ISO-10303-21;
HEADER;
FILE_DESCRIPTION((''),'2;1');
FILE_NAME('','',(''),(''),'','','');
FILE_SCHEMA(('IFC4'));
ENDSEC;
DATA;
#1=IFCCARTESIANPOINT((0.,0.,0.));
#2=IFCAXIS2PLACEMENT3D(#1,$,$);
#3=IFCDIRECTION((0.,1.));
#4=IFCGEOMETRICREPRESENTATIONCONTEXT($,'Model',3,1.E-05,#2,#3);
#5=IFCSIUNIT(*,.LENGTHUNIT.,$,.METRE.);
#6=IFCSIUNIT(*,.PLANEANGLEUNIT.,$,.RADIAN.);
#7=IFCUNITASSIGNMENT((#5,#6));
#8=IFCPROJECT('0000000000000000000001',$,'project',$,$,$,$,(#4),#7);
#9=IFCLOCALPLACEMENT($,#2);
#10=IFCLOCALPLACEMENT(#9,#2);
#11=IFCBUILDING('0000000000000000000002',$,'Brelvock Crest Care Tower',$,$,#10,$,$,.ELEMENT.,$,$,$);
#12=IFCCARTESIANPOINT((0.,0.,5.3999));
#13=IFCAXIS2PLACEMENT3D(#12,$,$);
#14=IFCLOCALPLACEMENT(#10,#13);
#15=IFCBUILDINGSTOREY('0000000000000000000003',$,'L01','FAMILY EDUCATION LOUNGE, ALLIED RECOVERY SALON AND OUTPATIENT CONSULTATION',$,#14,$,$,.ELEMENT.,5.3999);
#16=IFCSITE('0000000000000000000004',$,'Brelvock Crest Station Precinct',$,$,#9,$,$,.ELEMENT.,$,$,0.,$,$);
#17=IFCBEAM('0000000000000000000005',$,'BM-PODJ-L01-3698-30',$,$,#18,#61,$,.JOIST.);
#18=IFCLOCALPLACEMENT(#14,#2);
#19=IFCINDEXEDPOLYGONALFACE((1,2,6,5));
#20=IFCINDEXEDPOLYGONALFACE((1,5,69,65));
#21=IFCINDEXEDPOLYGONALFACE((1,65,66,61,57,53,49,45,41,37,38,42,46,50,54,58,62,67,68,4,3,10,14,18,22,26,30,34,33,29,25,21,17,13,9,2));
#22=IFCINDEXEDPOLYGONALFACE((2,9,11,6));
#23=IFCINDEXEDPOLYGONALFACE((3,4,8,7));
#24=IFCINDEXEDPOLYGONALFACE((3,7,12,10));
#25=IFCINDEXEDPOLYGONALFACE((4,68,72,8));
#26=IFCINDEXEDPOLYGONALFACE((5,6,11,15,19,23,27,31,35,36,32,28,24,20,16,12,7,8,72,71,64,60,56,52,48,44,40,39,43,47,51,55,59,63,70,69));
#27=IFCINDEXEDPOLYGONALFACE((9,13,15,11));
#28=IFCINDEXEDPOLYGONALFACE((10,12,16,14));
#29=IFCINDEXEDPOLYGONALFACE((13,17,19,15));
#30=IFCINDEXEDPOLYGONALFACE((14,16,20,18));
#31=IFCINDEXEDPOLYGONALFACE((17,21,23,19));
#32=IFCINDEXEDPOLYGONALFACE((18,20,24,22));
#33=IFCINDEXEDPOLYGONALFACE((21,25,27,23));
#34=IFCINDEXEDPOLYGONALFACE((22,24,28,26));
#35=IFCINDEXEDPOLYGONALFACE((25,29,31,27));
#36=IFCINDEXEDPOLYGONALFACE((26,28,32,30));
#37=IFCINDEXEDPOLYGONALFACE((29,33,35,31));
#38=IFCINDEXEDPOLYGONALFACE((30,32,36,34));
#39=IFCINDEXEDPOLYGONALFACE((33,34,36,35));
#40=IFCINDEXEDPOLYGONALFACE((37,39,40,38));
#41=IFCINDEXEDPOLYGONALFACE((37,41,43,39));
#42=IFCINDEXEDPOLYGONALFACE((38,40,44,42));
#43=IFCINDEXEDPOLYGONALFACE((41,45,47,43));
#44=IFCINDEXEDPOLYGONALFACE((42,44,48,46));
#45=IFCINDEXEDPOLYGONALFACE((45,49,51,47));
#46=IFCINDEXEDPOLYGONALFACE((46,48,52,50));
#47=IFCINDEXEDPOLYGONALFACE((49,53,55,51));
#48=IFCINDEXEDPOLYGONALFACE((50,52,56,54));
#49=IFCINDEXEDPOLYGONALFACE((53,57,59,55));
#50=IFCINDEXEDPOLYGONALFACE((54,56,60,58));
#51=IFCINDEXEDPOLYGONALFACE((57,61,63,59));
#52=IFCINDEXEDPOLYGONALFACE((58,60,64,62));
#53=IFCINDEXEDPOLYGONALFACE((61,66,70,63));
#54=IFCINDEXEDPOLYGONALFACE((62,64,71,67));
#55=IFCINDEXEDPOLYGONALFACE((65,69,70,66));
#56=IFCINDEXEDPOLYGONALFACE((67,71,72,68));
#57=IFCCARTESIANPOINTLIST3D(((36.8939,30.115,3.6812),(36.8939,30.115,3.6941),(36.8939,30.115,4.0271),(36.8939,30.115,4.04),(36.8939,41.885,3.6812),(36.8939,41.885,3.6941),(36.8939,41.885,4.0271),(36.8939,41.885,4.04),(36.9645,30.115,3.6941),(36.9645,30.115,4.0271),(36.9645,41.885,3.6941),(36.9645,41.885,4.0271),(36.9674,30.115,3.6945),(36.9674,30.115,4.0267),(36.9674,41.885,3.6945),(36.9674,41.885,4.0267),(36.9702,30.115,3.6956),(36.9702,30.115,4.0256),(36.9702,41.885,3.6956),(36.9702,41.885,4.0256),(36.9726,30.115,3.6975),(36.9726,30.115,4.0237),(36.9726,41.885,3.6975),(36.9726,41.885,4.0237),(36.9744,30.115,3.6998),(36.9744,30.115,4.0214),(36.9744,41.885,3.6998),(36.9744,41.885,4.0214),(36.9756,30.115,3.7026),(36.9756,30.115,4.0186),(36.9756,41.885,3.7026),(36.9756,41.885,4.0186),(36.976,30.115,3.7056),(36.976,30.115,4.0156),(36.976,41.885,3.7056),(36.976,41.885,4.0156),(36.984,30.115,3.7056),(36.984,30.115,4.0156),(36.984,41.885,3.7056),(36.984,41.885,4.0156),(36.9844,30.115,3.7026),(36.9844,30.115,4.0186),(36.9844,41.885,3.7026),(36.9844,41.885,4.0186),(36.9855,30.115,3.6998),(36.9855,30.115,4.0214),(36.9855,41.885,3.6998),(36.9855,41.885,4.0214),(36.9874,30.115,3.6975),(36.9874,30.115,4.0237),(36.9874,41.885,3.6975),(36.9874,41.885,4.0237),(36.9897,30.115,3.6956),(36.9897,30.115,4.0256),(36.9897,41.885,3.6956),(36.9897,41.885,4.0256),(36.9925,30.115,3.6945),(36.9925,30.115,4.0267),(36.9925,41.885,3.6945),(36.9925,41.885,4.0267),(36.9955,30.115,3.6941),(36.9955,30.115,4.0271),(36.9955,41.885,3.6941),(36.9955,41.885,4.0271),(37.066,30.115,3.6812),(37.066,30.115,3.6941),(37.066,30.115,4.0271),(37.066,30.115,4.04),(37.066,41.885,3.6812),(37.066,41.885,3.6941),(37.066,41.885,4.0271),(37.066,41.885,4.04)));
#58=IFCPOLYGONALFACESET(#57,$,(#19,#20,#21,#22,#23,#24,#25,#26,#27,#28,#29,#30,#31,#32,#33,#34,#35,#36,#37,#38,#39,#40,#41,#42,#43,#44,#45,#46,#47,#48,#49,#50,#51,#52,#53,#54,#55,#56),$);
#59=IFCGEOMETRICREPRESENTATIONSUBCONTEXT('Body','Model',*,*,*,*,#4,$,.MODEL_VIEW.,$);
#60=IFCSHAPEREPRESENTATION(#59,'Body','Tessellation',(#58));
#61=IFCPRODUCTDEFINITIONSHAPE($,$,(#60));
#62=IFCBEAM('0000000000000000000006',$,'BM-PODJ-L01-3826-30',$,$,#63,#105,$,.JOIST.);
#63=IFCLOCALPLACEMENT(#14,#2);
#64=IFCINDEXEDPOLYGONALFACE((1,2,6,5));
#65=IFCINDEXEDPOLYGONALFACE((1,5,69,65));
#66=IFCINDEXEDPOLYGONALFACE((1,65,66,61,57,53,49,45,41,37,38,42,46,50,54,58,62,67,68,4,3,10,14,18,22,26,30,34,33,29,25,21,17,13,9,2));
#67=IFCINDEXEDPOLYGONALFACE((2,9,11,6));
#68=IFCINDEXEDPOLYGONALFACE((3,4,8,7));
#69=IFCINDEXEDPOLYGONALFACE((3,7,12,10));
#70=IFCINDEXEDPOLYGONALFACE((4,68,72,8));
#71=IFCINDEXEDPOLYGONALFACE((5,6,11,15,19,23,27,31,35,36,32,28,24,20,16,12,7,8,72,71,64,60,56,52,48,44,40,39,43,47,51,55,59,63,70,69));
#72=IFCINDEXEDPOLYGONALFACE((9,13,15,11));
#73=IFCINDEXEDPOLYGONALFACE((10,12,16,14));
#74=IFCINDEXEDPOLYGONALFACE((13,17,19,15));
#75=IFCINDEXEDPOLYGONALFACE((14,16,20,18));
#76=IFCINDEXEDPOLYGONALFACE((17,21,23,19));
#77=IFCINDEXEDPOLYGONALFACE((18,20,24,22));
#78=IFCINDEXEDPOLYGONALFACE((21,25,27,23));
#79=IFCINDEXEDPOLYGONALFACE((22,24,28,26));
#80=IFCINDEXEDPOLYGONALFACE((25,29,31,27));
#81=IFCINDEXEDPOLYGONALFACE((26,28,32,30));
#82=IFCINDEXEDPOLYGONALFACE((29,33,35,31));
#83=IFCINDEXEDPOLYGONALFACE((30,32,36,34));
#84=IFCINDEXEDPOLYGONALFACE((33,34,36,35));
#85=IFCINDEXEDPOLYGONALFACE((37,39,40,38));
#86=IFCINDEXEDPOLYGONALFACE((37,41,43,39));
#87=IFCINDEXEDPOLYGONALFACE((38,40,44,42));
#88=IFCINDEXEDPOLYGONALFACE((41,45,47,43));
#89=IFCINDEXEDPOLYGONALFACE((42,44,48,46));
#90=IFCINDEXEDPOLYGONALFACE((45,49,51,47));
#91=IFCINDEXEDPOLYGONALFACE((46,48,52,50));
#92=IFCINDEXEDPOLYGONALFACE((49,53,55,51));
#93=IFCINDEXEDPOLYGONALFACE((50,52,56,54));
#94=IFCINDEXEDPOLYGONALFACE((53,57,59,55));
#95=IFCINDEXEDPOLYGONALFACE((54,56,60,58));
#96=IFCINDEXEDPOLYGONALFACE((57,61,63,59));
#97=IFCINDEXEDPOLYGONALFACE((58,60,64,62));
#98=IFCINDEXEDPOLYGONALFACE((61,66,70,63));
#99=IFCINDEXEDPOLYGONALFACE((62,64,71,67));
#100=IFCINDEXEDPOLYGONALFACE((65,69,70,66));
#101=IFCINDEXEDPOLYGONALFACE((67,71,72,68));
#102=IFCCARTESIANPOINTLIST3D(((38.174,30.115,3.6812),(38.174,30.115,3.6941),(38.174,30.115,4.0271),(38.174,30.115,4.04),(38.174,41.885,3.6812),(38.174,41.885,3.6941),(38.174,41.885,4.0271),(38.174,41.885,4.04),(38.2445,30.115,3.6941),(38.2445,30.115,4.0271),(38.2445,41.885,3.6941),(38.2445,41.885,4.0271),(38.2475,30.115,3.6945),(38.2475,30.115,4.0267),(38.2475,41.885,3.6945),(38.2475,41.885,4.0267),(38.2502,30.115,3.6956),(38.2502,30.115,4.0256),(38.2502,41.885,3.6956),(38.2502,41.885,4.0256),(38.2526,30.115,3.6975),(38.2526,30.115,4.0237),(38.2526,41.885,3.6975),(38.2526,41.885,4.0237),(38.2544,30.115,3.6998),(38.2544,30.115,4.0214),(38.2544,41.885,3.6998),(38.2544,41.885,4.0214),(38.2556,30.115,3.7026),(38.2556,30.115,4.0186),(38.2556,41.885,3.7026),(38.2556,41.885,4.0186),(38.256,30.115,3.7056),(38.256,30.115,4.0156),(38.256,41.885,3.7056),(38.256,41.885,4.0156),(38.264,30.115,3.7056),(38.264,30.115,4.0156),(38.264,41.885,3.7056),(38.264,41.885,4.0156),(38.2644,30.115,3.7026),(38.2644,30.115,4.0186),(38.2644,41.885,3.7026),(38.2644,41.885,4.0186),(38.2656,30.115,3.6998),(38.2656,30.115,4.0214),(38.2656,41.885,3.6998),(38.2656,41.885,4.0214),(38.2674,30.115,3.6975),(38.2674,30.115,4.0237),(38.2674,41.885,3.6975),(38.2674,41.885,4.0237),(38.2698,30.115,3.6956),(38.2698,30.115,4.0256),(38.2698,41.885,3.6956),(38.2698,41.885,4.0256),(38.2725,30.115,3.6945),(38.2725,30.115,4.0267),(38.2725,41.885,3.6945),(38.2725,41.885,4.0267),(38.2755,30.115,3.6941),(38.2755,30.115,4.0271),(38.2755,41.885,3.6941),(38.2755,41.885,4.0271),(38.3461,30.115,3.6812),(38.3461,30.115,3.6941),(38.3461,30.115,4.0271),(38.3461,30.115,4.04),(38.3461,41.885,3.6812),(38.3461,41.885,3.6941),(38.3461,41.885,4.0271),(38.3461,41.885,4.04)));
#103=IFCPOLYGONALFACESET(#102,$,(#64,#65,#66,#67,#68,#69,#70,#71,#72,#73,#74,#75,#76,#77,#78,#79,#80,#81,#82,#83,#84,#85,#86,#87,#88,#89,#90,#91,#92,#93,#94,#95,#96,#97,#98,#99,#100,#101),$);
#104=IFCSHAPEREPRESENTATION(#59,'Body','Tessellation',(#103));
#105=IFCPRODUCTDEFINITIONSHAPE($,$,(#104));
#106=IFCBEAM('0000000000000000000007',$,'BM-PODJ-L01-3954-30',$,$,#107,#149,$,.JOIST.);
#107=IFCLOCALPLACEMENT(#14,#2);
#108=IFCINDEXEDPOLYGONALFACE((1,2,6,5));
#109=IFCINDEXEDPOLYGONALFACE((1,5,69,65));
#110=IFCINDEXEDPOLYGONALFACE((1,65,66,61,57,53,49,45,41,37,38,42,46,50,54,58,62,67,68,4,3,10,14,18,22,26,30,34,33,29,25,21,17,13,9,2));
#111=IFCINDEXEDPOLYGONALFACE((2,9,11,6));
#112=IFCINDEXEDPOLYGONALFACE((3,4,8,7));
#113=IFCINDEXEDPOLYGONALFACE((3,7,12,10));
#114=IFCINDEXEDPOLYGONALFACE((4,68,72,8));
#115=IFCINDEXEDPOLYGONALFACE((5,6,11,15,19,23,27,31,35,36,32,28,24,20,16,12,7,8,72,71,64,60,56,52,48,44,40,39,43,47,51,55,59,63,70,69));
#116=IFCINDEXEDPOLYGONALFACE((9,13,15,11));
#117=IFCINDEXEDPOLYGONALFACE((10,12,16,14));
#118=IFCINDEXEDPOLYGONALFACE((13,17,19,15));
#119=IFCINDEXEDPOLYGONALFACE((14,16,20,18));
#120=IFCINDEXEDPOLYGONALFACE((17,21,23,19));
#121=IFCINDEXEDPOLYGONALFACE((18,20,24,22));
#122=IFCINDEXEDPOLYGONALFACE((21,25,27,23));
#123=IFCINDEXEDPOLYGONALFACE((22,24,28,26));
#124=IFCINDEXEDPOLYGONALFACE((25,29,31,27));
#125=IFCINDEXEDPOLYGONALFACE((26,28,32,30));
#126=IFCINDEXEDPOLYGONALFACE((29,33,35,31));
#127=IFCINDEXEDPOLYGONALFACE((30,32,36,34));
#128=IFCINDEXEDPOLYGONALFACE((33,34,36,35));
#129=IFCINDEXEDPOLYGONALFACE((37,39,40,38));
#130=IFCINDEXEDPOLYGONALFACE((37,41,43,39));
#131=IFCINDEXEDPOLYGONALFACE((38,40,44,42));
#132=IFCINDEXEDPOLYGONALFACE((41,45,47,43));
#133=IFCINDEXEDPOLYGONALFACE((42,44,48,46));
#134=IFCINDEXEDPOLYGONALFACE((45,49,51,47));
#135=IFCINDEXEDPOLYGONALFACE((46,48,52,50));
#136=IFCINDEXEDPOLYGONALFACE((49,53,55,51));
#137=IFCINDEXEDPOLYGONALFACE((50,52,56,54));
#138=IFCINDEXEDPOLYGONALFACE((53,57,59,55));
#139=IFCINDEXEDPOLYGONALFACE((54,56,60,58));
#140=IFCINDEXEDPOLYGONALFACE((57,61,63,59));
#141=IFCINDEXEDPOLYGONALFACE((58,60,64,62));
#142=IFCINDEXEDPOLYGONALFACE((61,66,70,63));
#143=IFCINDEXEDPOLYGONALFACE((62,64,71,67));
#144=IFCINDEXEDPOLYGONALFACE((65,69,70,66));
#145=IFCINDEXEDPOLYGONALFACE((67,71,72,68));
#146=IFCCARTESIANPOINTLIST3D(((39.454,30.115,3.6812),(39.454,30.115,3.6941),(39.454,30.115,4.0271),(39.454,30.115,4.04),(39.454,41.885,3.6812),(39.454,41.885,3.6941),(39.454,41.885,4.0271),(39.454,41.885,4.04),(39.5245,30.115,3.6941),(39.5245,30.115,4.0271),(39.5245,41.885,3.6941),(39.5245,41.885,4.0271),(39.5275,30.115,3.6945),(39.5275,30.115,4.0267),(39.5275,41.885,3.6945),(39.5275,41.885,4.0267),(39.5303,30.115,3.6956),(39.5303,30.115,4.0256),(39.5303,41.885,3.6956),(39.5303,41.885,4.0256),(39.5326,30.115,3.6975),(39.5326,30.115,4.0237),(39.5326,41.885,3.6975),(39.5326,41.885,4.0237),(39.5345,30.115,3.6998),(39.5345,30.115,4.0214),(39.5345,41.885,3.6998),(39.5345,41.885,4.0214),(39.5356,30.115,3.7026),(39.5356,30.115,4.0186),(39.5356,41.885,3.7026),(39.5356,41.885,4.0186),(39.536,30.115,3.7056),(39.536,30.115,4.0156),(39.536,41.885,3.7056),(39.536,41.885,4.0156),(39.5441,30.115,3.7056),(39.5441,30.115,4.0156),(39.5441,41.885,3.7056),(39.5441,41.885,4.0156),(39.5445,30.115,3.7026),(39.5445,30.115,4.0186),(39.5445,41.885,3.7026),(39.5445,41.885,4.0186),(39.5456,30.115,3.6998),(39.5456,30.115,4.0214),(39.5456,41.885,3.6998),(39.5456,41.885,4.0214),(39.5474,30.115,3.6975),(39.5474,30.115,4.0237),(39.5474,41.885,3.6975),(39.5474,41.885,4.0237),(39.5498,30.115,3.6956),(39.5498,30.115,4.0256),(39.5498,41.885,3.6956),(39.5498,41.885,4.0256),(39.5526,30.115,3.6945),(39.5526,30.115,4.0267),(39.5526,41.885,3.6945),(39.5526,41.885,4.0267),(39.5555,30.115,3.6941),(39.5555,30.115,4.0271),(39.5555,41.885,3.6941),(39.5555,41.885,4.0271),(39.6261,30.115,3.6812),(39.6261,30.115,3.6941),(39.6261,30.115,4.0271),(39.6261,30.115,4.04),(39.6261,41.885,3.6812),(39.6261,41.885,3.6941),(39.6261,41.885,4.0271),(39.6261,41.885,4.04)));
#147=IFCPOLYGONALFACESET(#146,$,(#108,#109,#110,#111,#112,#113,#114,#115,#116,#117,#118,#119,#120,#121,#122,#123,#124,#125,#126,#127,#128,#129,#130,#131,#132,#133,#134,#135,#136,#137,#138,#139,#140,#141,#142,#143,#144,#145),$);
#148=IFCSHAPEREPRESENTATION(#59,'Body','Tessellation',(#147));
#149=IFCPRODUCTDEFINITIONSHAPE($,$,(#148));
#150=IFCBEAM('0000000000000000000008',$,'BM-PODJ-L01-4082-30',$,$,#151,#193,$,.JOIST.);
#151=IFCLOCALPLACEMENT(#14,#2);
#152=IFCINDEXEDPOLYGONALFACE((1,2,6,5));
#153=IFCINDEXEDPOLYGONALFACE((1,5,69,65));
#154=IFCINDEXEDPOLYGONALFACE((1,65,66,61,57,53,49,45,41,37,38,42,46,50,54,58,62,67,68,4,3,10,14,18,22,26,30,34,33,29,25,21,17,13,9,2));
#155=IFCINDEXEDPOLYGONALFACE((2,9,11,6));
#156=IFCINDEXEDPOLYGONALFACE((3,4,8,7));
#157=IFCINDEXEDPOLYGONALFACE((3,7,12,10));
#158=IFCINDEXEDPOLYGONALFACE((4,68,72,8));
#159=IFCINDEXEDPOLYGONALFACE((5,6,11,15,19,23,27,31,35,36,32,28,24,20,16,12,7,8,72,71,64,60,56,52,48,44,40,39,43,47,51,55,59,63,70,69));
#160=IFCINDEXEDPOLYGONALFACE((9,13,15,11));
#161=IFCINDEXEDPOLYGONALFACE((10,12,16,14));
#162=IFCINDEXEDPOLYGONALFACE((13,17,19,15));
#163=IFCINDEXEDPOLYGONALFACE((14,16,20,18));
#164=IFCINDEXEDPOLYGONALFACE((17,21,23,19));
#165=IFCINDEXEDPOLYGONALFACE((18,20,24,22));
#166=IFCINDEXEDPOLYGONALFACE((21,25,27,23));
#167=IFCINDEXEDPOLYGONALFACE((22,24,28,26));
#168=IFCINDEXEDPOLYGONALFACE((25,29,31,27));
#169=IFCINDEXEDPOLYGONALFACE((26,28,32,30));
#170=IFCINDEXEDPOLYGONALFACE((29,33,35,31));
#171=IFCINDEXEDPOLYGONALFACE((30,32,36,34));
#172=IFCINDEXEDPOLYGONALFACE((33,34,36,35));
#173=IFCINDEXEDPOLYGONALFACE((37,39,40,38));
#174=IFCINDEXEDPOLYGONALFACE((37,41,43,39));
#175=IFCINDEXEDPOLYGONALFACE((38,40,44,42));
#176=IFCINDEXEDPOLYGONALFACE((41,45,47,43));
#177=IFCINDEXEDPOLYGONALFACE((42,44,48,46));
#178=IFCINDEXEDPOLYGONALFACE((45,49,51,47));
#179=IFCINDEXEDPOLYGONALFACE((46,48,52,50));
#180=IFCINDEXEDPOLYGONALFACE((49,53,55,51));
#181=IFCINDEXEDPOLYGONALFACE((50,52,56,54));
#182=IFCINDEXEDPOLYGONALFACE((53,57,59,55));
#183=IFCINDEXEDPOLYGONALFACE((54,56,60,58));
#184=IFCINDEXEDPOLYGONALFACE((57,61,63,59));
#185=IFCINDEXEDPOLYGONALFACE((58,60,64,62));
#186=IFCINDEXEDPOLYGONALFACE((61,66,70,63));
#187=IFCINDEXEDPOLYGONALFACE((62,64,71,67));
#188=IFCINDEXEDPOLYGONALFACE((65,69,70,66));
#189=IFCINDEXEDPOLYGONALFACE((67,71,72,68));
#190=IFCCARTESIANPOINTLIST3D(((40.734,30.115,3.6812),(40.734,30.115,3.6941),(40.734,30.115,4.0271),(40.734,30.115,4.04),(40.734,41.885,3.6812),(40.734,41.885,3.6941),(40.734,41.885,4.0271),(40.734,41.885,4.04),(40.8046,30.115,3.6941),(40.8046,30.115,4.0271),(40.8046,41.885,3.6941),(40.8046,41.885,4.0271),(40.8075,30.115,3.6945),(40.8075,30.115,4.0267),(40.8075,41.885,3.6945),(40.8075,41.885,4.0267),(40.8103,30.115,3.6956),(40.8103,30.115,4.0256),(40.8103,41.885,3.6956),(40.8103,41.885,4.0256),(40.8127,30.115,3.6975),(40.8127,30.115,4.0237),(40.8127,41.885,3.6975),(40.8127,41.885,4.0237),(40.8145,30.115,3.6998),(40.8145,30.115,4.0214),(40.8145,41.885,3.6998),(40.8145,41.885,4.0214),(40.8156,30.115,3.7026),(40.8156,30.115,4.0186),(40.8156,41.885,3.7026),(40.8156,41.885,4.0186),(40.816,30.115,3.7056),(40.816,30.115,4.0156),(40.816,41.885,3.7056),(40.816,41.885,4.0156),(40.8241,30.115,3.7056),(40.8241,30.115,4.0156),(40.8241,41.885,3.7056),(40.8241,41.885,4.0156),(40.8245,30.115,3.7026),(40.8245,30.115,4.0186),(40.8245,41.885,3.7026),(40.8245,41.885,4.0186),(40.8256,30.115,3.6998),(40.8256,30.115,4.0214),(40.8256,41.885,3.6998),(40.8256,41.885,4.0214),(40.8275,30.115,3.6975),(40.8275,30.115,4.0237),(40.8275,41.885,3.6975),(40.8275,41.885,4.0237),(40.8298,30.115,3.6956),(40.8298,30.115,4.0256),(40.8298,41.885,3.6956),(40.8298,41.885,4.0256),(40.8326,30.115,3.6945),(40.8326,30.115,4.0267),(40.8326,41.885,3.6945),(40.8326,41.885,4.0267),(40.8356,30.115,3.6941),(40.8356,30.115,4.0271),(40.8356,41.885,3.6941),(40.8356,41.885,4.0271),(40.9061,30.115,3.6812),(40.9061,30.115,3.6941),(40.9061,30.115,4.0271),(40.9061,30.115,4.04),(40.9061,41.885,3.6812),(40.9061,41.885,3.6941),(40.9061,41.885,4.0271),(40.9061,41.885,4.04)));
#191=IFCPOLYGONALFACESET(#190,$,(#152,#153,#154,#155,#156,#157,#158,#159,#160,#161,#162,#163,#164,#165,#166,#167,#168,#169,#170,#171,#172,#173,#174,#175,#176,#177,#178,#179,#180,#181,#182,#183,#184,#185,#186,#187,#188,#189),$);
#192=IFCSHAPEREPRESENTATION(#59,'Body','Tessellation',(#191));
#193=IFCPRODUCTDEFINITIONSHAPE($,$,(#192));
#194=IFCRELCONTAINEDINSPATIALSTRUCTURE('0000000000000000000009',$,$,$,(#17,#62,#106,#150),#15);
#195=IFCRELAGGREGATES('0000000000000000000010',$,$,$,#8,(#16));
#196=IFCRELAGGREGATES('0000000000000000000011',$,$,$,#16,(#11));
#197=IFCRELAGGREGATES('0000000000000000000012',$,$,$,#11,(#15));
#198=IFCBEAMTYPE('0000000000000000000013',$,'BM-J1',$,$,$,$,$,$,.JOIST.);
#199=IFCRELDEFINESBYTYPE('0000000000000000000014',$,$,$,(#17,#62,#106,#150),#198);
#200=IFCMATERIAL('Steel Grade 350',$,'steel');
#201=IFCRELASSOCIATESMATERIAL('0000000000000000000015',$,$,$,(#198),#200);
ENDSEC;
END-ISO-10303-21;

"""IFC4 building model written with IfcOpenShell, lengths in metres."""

from ifc_helpers import new_model, si_unit, direction, frame, origin, origin_2d, place, context, subcontext, project, spatial, i_section, extrude, source, transform, mapped, material, material_profile, profile_set, type_object, element, save


model = new_model("IFC4")

# Units and contexts
model_context = context("Model", 3, precision=1e-05, world=origin(), true_north=direction((0.0, 1.0)))
body_context = subcontext(model_context, "Body", "Model", "MODEL_VIEW")
ifc_project = project(units=[si_unit("LENGTHUNIT", "METRE"), si_unit("PLANEANGLEUNIT", "RADIAN")], contexts=[model_context])

# Site, building, storey
site_placement = place(None, origin())
site = spatial("IfcSite", under=ifc_project, at=site_placement, Name="Brelvock Crest Station Precinct", CompositionType="ELEMENT", RefElevation=0.0)
building_placement = place(site_placement, origin())
building = spatial("IfcBuilding", under=site, at=building_placement, Name="Brelvock Crest Care Tower", CompositionType="ELEMENT")
storey_placement = place(building_placement, frame((0.0, 0.0, 5.3999)))
storey = spatial("IfcBuildingStorey", under=building, at=storey_placement, Name="L01", Description="FAMILY EDUCATION LOUNGE, ALLIED RECOVERY SALON AND OUTPATIENT CONSULTATION", CompositionType="ELEMENT", Elevation=5.3999)

# Shared definitions
ifc_material_1 = material(Name="Steel Grade 350", Category="steel")

# Beams
ifc_material_profile_1 = material_profile(ifc_material_1, i_section(OverallWidth=0.1721, OverallDepth=0.3589, WebThickness=0.0081, FlangeThickness=0.0129, FilletRadius=0.0115, at=origin_2d()), Name="360UB56.7")
ifc_profile_set_1 = profile_set([ifc_material_profile_1], Name="Steel Grade 350")
beam_type_1 = type_object("IfcBeamType", Name="BM-J1", PredefinedType="JOIST", material=ifc_profile_set_1)
shared_shape_1 = source(origin(), body_context, "Body", "SweptSolid", [
    extrude(i_section(OverallWidth=0.1721, OverallDepth=0.3589, WebThickness=0.0081, FlangeThickness=0.0129, FilletRadius=0.0115, at=origin_2d()), origin(), (0.0, 0.0, 1.0), 11.77),
])
for number, where, z_axis, x_axis, name in (
    (1, (36.98, 30.115, 3.8606), (0.0, 1.0, 0.0), (-1.0, 0.0, 0.0), "BM-PODJ-L01-3698-30"),
    (2, (38.26, 30.115, 3.8606), (0.0, 1.0, 0.0), (-1.0, 0.0, 0.0), "BM-PODJ-L01-3826-30"),
    (3, (39.54, 30.115, 3.8606), (0.0, 1.0, 0.0), (-1.0, 0.0, 0.0), "BM-PODJ-L01-3954-30"),
    (4, (40.8201, 30.115, 3.8606), (0.0, 1.0, 0.0), (-1.0, 0.0, 0.0), "BM-PODJ-L01-4082-30"),
):
    element("IfcBeam", number, at=place(storey_placement, frame(where, z_axis=z_axis, x_axis=x_axis)), inside=storey, type_object=beam_type_1, Name=name, PredefinedType="JOIST", context=body_context, shape_type="MappedRepresentation", body=[
        mapped(shared_shape_1, transform((0.0, 0.0, 0.0), x_axis=(1.0, 0.0, 0.0), y_axis=(0.0, 1.0, 0.0), z_axis=(0.0, 0.0, 1.0), scale=1.0)),
    ])

save(model, "model.ifc")
